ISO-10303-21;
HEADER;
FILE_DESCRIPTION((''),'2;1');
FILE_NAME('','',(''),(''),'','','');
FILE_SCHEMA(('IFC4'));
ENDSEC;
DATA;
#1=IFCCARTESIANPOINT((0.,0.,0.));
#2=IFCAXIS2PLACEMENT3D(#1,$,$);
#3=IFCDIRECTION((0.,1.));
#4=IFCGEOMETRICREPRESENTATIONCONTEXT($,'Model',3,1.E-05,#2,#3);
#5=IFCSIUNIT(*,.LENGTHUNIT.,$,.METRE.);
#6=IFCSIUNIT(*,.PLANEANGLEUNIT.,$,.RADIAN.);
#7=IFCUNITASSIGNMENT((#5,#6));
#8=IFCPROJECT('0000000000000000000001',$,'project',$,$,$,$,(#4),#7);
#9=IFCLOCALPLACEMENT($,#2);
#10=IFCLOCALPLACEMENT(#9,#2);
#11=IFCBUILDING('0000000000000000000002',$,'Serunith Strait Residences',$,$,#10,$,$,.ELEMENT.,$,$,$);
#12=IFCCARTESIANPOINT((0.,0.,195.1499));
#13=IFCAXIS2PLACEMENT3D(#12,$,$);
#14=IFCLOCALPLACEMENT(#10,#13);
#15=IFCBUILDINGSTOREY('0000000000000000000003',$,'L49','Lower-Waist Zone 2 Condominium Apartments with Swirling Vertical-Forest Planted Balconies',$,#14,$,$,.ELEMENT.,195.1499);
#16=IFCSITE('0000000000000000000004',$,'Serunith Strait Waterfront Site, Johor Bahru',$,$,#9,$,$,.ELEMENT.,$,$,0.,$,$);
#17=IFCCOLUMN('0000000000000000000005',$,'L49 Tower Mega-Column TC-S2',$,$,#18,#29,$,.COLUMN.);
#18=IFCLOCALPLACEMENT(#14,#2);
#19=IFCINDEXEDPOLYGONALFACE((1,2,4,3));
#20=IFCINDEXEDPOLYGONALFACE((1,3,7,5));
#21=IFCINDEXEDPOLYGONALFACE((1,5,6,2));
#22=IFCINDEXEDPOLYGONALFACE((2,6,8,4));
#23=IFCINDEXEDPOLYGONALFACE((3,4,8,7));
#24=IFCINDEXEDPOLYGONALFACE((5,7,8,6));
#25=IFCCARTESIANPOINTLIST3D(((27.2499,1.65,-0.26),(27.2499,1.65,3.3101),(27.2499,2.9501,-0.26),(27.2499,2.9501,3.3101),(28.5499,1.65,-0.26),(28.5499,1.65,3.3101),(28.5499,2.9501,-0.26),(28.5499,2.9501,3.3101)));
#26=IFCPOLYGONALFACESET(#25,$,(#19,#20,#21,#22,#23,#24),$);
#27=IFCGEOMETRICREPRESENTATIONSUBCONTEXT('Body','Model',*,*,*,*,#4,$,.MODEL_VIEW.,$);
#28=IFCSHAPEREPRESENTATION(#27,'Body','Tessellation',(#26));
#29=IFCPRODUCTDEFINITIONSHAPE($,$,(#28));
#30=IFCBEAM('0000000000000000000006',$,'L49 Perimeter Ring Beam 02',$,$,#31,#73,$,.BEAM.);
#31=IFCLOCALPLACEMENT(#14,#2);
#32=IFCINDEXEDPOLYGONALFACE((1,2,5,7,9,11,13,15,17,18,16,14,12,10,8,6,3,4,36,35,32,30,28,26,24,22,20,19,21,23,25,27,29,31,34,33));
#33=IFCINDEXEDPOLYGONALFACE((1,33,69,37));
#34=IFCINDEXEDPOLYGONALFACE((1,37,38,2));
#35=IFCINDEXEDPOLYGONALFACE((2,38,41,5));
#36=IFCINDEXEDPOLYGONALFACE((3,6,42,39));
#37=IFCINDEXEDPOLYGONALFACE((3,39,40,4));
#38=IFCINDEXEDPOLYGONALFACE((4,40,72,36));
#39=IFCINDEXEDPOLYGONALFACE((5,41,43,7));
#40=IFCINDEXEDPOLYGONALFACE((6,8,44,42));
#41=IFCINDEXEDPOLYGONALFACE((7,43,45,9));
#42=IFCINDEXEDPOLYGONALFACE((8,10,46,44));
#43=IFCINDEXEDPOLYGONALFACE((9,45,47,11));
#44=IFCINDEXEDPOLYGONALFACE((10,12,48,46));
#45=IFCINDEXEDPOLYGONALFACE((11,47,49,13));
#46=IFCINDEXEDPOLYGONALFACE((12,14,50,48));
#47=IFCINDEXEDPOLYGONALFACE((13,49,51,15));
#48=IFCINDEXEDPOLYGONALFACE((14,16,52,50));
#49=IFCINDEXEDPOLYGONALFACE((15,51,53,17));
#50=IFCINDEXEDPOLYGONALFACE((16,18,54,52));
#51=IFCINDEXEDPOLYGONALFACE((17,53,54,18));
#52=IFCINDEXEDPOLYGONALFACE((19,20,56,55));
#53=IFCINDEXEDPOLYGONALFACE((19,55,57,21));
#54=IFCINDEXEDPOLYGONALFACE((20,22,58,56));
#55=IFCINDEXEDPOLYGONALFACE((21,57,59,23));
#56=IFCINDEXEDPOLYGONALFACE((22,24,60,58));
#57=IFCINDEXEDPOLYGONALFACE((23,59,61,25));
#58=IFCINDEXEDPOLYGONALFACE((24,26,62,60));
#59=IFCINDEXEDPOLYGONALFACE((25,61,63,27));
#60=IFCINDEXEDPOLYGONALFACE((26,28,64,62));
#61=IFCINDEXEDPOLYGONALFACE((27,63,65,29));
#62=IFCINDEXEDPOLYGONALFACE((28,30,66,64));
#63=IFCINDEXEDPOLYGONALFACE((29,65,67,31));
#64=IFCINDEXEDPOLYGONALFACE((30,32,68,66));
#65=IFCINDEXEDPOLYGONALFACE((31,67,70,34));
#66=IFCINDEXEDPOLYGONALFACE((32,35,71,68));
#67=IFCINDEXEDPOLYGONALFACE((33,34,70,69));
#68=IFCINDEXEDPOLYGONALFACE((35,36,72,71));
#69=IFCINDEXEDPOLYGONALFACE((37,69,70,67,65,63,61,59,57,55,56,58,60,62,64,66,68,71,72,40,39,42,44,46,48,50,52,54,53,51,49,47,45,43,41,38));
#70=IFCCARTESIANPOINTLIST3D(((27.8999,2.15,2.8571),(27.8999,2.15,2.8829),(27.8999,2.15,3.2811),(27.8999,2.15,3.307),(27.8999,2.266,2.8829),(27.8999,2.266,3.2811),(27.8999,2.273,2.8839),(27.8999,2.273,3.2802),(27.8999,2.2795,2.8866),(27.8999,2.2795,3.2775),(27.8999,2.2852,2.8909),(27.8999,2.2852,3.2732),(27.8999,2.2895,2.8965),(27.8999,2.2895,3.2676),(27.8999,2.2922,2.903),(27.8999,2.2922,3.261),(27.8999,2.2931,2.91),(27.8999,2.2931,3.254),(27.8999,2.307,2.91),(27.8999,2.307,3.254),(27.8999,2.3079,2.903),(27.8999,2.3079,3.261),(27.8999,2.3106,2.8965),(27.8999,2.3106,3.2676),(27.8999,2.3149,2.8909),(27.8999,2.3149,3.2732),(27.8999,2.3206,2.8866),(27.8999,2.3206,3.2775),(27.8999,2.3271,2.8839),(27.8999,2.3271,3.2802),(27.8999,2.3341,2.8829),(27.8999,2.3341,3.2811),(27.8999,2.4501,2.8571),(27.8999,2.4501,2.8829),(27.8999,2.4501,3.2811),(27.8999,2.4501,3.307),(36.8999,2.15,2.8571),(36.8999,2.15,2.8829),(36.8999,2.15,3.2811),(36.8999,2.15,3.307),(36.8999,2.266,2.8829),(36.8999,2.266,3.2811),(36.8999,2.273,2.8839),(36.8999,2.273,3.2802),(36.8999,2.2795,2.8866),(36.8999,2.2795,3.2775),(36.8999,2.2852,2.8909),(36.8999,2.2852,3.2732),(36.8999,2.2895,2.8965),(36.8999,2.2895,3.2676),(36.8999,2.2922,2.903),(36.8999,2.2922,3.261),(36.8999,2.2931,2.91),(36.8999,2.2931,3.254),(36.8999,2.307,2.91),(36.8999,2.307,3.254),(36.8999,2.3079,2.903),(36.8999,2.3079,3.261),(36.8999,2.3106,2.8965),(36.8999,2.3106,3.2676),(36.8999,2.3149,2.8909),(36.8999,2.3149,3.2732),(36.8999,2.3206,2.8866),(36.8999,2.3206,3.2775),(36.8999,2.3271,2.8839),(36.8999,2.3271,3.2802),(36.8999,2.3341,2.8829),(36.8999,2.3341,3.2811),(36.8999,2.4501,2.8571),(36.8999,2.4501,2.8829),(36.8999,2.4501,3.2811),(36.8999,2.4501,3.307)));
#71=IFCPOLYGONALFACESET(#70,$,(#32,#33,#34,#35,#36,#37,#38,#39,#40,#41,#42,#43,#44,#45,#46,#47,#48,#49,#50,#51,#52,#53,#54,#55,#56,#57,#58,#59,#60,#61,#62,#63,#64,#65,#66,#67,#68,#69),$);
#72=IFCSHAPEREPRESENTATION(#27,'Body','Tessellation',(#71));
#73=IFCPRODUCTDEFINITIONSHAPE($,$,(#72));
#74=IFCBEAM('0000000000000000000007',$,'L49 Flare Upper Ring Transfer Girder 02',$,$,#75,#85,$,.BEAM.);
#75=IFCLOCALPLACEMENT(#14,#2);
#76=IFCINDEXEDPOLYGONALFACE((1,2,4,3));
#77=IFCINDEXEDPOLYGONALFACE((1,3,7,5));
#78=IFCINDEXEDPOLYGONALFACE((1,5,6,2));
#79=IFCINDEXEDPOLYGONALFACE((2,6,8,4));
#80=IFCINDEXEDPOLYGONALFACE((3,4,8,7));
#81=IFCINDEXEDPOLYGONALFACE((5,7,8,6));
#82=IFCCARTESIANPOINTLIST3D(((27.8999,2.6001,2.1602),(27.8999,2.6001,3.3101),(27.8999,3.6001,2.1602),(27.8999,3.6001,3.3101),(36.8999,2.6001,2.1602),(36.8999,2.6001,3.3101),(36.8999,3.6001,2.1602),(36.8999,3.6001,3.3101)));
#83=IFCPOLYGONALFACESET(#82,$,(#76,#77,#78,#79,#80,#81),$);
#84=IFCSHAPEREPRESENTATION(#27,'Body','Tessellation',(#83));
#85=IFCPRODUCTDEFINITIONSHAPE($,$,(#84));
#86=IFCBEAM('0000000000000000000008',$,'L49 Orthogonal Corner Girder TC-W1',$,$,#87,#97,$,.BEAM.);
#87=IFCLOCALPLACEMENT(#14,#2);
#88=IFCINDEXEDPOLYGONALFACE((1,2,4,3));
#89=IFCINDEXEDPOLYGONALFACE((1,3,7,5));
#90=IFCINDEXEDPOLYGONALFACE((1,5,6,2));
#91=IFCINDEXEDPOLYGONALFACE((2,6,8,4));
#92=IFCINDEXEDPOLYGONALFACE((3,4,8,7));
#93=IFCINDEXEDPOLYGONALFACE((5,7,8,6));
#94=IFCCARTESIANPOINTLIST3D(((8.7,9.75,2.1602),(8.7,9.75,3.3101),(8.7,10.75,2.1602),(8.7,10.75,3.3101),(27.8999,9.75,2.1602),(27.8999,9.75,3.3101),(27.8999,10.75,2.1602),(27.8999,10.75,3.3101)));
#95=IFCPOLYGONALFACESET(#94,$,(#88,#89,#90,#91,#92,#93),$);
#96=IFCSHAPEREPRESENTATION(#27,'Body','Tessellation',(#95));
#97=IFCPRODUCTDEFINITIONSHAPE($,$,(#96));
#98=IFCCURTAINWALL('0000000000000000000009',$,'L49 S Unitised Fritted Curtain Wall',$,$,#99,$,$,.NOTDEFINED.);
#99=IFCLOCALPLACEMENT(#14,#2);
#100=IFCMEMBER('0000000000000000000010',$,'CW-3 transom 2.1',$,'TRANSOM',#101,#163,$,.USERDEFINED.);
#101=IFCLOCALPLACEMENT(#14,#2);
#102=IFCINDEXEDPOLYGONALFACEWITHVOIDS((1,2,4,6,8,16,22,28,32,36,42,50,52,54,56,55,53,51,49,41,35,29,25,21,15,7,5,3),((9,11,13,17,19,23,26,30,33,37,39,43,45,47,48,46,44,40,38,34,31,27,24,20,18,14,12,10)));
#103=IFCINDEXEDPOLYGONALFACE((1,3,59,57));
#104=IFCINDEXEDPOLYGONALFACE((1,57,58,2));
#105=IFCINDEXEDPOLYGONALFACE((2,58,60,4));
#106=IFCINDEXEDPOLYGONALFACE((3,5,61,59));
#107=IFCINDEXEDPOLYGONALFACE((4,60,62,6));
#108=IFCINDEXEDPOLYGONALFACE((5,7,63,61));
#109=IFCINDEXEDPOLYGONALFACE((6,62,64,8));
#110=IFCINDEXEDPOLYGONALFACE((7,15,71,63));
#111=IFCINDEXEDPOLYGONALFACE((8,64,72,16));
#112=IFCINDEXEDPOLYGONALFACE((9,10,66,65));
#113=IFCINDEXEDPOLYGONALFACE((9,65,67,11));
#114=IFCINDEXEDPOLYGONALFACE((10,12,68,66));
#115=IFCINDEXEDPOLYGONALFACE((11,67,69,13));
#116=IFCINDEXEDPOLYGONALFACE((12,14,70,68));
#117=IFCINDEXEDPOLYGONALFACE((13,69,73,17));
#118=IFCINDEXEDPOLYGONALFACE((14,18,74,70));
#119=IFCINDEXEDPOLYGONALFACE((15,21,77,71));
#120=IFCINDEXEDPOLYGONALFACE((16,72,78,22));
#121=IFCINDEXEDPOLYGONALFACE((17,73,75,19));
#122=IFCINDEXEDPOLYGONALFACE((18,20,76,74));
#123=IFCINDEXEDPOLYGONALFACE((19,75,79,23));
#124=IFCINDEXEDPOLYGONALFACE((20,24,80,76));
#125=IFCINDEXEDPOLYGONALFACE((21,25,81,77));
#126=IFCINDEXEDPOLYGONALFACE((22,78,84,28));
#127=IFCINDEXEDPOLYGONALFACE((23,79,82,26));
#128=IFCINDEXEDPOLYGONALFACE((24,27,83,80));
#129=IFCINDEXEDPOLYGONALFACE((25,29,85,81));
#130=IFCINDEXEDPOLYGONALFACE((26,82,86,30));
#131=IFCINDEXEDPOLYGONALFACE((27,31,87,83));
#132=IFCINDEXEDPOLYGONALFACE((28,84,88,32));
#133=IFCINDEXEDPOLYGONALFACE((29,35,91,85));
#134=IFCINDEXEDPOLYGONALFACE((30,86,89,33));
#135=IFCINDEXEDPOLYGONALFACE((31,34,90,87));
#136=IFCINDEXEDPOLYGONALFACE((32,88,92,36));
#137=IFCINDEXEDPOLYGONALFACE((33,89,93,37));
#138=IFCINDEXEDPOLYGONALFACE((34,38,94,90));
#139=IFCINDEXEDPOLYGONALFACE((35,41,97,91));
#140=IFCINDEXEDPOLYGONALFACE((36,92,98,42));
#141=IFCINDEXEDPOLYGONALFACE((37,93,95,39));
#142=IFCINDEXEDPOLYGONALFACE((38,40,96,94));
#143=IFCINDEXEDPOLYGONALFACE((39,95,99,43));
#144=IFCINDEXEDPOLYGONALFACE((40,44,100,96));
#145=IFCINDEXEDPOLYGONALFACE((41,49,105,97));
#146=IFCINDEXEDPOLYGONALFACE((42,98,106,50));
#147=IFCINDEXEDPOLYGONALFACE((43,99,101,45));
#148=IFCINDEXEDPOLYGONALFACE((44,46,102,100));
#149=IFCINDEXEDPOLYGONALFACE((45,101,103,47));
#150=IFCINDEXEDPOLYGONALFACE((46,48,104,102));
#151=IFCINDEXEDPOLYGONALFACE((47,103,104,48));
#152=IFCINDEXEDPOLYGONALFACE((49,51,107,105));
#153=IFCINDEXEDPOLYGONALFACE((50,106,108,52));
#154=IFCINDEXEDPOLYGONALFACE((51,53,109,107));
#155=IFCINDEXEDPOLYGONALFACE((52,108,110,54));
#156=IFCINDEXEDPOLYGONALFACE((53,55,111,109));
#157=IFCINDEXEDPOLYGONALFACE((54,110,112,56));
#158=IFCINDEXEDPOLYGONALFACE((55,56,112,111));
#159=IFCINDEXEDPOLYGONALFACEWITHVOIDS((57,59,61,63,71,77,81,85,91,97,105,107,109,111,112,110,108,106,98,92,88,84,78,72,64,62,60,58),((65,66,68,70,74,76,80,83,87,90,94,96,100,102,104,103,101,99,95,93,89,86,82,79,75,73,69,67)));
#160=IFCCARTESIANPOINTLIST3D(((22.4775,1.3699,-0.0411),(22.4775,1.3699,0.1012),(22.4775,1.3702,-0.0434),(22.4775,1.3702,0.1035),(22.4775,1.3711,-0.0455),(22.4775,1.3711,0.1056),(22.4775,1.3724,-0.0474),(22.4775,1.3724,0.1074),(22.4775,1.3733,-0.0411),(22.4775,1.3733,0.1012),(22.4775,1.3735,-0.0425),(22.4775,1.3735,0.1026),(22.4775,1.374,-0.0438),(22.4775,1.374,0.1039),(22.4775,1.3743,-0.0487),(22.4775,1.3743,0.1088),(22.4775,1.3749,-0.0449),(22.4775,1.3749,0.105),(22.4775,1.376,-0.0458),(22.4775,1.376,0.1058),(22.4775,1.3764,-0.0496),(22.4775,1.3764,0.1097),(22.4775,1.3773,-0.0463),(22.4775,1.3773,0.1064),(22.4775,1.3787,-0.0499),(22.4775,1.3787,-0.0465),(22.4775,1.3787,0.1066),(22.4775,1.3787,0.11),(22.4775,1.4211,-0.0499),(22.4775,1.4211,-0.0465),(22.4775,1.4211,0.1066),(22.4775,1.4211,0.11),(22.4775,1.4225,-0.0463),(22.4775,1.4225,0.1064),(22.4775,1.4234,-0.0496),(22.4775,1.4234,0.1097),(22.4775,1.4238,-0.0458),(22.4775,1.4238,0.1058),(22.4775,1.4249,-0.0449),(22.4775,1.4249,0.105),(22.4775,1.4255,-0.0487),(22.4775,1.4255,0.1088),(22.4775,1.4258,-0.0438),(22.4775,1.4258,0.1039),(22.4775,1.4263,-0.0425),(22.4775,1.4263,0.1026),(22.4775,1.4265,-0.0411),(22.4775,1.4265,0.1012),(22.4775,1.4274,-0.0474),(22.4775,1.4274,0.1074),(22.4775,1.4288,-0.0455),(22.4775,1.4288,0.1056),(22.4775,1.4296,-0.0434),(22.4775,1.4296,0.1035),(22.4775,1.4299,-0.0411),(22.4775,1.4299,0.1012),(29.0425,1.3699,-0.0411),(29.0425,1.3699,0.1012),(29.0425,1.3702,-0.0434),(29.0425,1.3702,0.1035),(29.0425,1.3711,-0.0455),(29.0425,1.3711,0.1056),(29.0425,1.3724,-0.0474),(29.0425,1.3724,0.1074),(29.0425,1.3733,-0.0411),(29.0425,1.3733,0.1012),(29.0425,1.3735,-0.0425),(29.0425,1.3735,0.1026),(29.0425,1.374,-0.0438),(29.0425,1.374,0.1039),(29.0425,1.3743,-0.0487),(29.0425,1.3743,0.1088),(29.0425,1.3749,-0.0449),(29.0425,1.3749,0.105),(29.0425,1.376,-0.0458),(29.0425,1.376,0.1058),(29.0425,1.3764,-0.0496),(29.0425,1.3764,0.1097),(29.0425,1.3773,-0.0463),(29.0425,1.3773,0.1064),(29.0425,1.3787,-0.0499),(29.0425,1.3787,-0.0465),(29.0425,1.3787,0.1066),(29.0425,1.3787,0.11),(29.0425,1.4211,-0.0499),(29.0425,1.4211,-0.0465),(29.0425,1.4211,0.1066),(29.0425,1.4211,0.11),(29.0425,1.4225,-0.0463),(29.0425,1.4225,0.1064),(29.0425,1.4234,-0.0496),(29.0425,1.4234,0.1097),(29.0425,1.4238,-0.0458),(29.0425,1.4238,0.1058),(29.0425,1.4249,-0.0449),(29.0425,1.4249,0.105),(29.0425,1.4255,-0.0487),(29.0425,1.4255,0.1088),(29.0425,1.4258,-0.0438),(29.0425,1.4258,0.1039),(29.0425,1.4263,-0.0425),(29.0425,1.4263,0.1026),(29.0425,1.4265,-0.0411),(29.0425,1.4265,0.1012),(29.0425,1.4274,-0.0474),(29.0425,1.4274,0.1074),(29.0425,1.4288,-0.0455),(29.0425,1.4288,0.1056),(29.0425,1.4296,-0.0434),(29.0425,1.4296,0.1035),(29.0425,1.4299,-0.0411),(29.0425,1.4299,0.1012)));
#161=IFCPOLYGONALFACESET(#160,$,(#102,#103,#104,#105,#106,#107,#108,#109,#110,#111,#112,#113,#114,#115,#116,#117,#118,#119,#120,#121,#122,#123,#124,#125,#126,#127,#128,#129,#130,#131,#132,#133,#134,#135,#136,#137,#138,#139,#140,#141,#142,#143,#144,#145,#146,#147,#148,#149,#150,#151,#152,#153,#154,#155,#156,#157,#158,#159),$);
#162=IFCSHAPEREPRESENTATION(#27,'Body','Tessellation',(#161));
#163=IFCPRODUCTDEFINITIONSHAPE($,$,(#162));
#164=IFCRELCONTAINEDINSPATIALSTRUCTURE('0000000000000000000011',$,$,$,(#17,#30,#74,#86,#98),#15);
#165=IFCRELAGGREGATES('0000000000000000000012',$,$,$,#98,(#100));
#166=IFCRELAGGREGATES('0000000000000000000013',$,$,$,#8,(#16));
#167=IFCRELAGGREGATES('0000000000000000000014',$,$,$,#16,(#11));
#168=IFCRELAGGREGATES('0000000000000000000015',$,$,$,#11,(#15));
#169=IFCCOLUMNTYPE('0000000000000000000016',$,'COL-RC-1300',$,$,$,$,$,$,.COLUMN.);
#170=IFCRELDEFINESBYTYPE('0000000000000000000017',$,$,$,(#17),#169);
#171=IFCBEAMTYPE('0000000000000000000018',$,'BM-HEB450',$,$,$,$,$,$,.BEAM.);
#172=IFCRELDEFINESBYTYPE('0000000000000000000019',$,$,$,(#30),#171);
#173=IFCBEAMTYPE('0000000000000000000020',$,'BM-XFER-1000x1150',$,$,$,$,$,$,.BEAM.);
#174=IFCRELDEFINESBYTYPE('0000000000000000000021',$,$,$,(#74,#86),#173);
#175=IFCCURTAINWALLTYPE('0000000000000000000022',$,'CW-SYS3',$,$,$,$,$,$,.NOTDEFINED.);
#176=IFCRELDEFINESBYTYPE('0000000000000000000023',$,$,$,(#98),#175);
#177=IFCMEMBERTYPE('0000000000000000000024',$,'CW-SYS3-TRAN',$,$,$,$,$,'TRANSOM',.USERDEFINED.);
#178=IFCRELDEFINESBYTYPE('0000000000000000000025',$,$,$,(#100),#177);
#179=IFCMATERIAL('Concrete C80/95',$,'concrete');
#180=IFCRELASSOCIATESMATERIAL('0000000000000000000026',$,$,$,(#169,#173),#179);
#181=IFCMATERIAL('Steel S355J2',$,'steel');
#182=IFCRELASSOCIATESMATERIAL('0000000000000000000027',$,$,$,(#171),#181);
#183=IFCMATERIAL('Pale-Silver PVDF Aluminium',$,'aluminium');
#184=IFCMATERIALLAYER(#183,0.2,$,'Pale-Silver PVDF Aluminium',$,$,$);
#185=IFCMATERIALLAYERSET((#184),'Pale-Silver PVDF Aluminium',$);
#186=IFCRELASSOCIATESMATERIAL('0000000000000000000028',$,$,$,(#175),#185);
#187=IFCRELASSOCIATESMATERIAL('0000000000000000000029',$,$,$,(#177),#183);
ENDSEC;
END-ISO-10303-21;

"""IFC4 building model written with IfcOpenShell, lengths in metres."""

from ifc_helpers import new_model, si_unit, direction, frame, origin, origin_2d, place, context, subcontext, project, spatial, rectangle, hollow_rectangle, i_section, extrude, source, transform, mapped, material, layer, layer_set, material_profile, profile_set, type_object, element, aggregate, save


model = new_model("IFC4")

# Units and contexts
model_context = context("Model", 3, precision=1e-05, world=origin(), true_north=direction((0.0, 1.0)))
body_context = subcontext(model_context, "Body", "Model", "MODEL_VIEW")
ifc_project = project(units=[si_unit("LENGTHUNIT", "METRE"), si_unit("PLANEANGLEUNIT", "RADIAN")], contexts=[model_context])

# Site, building, storey
site_placement = place(None, origin())
site = spatial("IfcSite", under=ifc_project, at=site_placement, Name="Serunith Strait Waterfront Site, Johor Bahru", CompositionType="ELEMENT", RefElevation=0.0)
building_placement = place(site_placement, origin())
building = spatial("IfcBuilding", under=site, at=building_placement, Name="Serunith Strait Residences", CompositionType="ELEMENT")
storey_placement = place(building_placement, frame((0.0, 0.0, 195.1499)))
storey = spatial("IfcBuildingStorey", under=building, at=storey_placement, Name="L49", Description="Lower-Waist Zone 2 Condominium Apartments with Swirling Vertical-Forest Planted Balconies", CompositionType="ELEMENT", Elevation=195.1499)

# Column
ifc_material_1 = material(Name="Concrete C80/95", Category="concrete")
ifc_material_profile_1 = material_profile(ifc_material_1, rectangle(XDim=1.3, YDim=1.3, at=origin_2d()), Name="RC 1300x1300")
ifc_profile_set_1 = profile_set([ifc_material_profile_1], Name="Concrete C80/95")
column_type = type_object("IfcColumnType", Name="COL-RC-1300", PredefinedType="COLUMN", material=ifc_profile_set_1)
shared_shape_1 = source(origin(), body_context, "Body", "SweptSolid", [
    extrude(rectangle(XDim=1.3, YDim=1.3, at=origin_2d()), origin(), (0.0, 0.0, 1.0), 3.5701),
])
column_placement = place(storey_placement, frame((27.8999, 2.3, -0.26), z_axis=(0.0, 0.0, 1.0), x_axis=(1.0, 0.0, 0.0)))
element("IfcColumn", 1, at=column_placement, inside=storey, type_object=column_type, Name="L49 Tower Mega-Column TC-S2", PredefinedType="COLUMN", context=body_context, shape_type="MappedRepresentation", body=[
    mapped(shared_shape_1, transform((0.0, 0.0, 0.0), scale=1.0)),
])

# Beams
ifc_material_2 = material(Name="Steel S355J2", Category="steel")
ifc_material_profile_2 = material_profile(ifc_material_2, i_section(OverallWidth=0.3, OverallDepth=0.45, WebThickness=0.0139, FlangeThickness=0.0259, FilletRadius=0.0271, at=origin_2d()), Name="HEB 450")
ifc_profile_set_2 = profile_set([ifc_material_profile_2], Name="Steel S355J2")
beam_type_1 = type_object("IfcBeamType", Name="BM-HEB450", PredefinedType="BEAM", material=ifc_profile_set_2)
shared_shape_2 = source(origin(), body_context, "Body", "SweptSolid", [
    extrude(i_section(OverallWidth=0.3, OverallDepth=0.45, WebThickness=0.0139, FlangeThickness=0.0259, FilletRadius=0.0271, at=origin_2d()), origin(), (0.0, 0.0, 1.0), 9.0),
])
beam_1_placement = place(storey_placement, frame((27.8999, 2.3, 3.082), z_axis=(1.0, 0.0, 0.0), x_axis=(0.0, 1.0, 0.0)))
element("IfcBeam", 2, at=beam_1_placement, inside=storey, type_object=beam_type_1, Name="L49 Perimeter Ring Beam 02", PredefinedType="BEAM", context=body_context, shape_type="MappedRepresentation", body=[
    mapped(shared_shape_2, transform((0.0, 0.0, 0.0), scale=1.0)),
])
ifc_material_profile_3 = material_profile(ifc_material_1, rectangle(XDim=1.0, YDim=1.1499, at=origin_2d()), Name="RC 1000x1150")
ifc_profile_set_3 = profile_set([ifc_material_profile_3], Name="Concrete C80/95")
beam_type_2 = type_object("IfcBeamType", Name="BM-XFER-1000x1150", PredefinedType="BEAM", material=ifc_profile_set_3)
shared_shape_3 = source(origin(), body_context, "Body", "SweptSolid", [
    extrude(rectangle(XDim=1.0, YDim=1.1499, at=origin_2d()), origin(), (0.0, 0.0, 1.0), 9.0),
])
beam_2_placement = place(storey_placement, frame((27.8999, 3.1001, 2.7351), z_axis=(1.0, 0.0, 0.0), x_axis=(0.0, 1.0, 0.0)))
element("IfcBeam", 3, at=beam_2_placement, inside=storey, type_object=beam_type_2, Name="L49 Flare Upper Ring Transfer Girder 02", PredefinedType="BEAM", context=body_context, shape_type="MappedRepresentation", body=[
    mapped(shared_shape_3, transform((0.0, 0.0, 0.0), scale=1.0)),
])
shared_shape_4 = source(origin(), body_context, "Body", "SweptSolid", [
    extrude(rectangle(XDim=1.0, YDim=1.1499, at=origin_2d()), origin(), (0.0, 0.0, 1.0), 19.2),
])
beam_3_placement = place(storey_placement, frame((27.8999, 10.25, 2.7351), z_axis=(-1.0, 0.0, 0.0), x_axis=(0.0, -1.0, 0.0)))
element("IfcBeam", 4, at=beam_3_placement, inside=storey, type_object=beam_type_2, Name="L49 Orthogonal Corner Girder TC-W1", PredefinedType="BEAM", context=body_context, shape_type="MappedRepresentation", body=[
    mapped(shared_shape_4, transform((0.0, 0.0, 0.0), scale=1.0)),
])

# Curtain wall, member
ifc_material_3 = material(Name="Pale-Silver PVDF Aluminium", Category="aluminium")
ifc_layer_1 = layer(ifc_material_3, 0.2, Name="Pale-Silver PVDF Aluminium")
ifc_layer_set_1 = layer_set([ifc_layer_1], Name="Pale-Silver PVDF Aluminium")
curtain_wall_type = type_object("IfcCurtainWallType", Name="CW-SYS3", PredefinedType="NOTDEFINED", material=ifc_layer_set_1)
curtain_wall_placement = place(storey_placement, origin())
curtain_wall = element("IfcCurtainWall", 5, at=curtain_wall_placement, inside=storey, type_object=curtain_wall_type, Name="L49 S Unitised Fritted Curtain Wall", PredefinedType="NOTDEFINED")
ifc_material_profile_4 = material_profile(ifc_material_3, hollow_rectangle(XDim=0.0601, YDim=0.1599, WallThickness=0.0034, InnerFilletRadius=0.0054, OuterFilletRadius=0.0088, at=origin_2d()), Name="ALU 160x60x3.5")
ifc_profile_set_4 = profile_set([ifc_material_profile_4], Name="Pale-Silver PVDF Aluminium")
member_type_1 = type_object("IfcMemberType", Name="CW-SYS3-TRAN", ElementType="TRANSOM", PredefinedType="USERDEFINED", material=ifc_profile_set_4)
shared_shape_5 = source(origin(), body_context, "Body", "SweptSolid", [
    extrude(hollow_rectangle(XDim=0.0601, YDim=0.1599, WallThickness=0.0034, InnerFilletRadius=0.0054, OuterFilletRadius=0.0088, at=origin_2d()), origin(), (0.0, 0.0, 1.0), 6.5649),
])
member_1_placement = place(storey_placement, frame((22.4775, 1.3999, 0.03), z_axis=(1.0, 0.0, 0.0), x_axis=(0.0, 1.0, 0.0)))
member_1 = element("IfcMember", 6, at=member_1_placement, type_object=member_type_1, Name="CW-3 transom 2.1", ObjectType="TRANSOM", PredefinedType="USERDEFINED", context=body_context, shape_type="MappedRepresentation", body=[
    mapped(shared_shape_5, transform((0.0, 0.0, 0.0), scale=1.0)),
])
aggregate(curtain_wall, [member_1])

save(model, "model.ifc")
